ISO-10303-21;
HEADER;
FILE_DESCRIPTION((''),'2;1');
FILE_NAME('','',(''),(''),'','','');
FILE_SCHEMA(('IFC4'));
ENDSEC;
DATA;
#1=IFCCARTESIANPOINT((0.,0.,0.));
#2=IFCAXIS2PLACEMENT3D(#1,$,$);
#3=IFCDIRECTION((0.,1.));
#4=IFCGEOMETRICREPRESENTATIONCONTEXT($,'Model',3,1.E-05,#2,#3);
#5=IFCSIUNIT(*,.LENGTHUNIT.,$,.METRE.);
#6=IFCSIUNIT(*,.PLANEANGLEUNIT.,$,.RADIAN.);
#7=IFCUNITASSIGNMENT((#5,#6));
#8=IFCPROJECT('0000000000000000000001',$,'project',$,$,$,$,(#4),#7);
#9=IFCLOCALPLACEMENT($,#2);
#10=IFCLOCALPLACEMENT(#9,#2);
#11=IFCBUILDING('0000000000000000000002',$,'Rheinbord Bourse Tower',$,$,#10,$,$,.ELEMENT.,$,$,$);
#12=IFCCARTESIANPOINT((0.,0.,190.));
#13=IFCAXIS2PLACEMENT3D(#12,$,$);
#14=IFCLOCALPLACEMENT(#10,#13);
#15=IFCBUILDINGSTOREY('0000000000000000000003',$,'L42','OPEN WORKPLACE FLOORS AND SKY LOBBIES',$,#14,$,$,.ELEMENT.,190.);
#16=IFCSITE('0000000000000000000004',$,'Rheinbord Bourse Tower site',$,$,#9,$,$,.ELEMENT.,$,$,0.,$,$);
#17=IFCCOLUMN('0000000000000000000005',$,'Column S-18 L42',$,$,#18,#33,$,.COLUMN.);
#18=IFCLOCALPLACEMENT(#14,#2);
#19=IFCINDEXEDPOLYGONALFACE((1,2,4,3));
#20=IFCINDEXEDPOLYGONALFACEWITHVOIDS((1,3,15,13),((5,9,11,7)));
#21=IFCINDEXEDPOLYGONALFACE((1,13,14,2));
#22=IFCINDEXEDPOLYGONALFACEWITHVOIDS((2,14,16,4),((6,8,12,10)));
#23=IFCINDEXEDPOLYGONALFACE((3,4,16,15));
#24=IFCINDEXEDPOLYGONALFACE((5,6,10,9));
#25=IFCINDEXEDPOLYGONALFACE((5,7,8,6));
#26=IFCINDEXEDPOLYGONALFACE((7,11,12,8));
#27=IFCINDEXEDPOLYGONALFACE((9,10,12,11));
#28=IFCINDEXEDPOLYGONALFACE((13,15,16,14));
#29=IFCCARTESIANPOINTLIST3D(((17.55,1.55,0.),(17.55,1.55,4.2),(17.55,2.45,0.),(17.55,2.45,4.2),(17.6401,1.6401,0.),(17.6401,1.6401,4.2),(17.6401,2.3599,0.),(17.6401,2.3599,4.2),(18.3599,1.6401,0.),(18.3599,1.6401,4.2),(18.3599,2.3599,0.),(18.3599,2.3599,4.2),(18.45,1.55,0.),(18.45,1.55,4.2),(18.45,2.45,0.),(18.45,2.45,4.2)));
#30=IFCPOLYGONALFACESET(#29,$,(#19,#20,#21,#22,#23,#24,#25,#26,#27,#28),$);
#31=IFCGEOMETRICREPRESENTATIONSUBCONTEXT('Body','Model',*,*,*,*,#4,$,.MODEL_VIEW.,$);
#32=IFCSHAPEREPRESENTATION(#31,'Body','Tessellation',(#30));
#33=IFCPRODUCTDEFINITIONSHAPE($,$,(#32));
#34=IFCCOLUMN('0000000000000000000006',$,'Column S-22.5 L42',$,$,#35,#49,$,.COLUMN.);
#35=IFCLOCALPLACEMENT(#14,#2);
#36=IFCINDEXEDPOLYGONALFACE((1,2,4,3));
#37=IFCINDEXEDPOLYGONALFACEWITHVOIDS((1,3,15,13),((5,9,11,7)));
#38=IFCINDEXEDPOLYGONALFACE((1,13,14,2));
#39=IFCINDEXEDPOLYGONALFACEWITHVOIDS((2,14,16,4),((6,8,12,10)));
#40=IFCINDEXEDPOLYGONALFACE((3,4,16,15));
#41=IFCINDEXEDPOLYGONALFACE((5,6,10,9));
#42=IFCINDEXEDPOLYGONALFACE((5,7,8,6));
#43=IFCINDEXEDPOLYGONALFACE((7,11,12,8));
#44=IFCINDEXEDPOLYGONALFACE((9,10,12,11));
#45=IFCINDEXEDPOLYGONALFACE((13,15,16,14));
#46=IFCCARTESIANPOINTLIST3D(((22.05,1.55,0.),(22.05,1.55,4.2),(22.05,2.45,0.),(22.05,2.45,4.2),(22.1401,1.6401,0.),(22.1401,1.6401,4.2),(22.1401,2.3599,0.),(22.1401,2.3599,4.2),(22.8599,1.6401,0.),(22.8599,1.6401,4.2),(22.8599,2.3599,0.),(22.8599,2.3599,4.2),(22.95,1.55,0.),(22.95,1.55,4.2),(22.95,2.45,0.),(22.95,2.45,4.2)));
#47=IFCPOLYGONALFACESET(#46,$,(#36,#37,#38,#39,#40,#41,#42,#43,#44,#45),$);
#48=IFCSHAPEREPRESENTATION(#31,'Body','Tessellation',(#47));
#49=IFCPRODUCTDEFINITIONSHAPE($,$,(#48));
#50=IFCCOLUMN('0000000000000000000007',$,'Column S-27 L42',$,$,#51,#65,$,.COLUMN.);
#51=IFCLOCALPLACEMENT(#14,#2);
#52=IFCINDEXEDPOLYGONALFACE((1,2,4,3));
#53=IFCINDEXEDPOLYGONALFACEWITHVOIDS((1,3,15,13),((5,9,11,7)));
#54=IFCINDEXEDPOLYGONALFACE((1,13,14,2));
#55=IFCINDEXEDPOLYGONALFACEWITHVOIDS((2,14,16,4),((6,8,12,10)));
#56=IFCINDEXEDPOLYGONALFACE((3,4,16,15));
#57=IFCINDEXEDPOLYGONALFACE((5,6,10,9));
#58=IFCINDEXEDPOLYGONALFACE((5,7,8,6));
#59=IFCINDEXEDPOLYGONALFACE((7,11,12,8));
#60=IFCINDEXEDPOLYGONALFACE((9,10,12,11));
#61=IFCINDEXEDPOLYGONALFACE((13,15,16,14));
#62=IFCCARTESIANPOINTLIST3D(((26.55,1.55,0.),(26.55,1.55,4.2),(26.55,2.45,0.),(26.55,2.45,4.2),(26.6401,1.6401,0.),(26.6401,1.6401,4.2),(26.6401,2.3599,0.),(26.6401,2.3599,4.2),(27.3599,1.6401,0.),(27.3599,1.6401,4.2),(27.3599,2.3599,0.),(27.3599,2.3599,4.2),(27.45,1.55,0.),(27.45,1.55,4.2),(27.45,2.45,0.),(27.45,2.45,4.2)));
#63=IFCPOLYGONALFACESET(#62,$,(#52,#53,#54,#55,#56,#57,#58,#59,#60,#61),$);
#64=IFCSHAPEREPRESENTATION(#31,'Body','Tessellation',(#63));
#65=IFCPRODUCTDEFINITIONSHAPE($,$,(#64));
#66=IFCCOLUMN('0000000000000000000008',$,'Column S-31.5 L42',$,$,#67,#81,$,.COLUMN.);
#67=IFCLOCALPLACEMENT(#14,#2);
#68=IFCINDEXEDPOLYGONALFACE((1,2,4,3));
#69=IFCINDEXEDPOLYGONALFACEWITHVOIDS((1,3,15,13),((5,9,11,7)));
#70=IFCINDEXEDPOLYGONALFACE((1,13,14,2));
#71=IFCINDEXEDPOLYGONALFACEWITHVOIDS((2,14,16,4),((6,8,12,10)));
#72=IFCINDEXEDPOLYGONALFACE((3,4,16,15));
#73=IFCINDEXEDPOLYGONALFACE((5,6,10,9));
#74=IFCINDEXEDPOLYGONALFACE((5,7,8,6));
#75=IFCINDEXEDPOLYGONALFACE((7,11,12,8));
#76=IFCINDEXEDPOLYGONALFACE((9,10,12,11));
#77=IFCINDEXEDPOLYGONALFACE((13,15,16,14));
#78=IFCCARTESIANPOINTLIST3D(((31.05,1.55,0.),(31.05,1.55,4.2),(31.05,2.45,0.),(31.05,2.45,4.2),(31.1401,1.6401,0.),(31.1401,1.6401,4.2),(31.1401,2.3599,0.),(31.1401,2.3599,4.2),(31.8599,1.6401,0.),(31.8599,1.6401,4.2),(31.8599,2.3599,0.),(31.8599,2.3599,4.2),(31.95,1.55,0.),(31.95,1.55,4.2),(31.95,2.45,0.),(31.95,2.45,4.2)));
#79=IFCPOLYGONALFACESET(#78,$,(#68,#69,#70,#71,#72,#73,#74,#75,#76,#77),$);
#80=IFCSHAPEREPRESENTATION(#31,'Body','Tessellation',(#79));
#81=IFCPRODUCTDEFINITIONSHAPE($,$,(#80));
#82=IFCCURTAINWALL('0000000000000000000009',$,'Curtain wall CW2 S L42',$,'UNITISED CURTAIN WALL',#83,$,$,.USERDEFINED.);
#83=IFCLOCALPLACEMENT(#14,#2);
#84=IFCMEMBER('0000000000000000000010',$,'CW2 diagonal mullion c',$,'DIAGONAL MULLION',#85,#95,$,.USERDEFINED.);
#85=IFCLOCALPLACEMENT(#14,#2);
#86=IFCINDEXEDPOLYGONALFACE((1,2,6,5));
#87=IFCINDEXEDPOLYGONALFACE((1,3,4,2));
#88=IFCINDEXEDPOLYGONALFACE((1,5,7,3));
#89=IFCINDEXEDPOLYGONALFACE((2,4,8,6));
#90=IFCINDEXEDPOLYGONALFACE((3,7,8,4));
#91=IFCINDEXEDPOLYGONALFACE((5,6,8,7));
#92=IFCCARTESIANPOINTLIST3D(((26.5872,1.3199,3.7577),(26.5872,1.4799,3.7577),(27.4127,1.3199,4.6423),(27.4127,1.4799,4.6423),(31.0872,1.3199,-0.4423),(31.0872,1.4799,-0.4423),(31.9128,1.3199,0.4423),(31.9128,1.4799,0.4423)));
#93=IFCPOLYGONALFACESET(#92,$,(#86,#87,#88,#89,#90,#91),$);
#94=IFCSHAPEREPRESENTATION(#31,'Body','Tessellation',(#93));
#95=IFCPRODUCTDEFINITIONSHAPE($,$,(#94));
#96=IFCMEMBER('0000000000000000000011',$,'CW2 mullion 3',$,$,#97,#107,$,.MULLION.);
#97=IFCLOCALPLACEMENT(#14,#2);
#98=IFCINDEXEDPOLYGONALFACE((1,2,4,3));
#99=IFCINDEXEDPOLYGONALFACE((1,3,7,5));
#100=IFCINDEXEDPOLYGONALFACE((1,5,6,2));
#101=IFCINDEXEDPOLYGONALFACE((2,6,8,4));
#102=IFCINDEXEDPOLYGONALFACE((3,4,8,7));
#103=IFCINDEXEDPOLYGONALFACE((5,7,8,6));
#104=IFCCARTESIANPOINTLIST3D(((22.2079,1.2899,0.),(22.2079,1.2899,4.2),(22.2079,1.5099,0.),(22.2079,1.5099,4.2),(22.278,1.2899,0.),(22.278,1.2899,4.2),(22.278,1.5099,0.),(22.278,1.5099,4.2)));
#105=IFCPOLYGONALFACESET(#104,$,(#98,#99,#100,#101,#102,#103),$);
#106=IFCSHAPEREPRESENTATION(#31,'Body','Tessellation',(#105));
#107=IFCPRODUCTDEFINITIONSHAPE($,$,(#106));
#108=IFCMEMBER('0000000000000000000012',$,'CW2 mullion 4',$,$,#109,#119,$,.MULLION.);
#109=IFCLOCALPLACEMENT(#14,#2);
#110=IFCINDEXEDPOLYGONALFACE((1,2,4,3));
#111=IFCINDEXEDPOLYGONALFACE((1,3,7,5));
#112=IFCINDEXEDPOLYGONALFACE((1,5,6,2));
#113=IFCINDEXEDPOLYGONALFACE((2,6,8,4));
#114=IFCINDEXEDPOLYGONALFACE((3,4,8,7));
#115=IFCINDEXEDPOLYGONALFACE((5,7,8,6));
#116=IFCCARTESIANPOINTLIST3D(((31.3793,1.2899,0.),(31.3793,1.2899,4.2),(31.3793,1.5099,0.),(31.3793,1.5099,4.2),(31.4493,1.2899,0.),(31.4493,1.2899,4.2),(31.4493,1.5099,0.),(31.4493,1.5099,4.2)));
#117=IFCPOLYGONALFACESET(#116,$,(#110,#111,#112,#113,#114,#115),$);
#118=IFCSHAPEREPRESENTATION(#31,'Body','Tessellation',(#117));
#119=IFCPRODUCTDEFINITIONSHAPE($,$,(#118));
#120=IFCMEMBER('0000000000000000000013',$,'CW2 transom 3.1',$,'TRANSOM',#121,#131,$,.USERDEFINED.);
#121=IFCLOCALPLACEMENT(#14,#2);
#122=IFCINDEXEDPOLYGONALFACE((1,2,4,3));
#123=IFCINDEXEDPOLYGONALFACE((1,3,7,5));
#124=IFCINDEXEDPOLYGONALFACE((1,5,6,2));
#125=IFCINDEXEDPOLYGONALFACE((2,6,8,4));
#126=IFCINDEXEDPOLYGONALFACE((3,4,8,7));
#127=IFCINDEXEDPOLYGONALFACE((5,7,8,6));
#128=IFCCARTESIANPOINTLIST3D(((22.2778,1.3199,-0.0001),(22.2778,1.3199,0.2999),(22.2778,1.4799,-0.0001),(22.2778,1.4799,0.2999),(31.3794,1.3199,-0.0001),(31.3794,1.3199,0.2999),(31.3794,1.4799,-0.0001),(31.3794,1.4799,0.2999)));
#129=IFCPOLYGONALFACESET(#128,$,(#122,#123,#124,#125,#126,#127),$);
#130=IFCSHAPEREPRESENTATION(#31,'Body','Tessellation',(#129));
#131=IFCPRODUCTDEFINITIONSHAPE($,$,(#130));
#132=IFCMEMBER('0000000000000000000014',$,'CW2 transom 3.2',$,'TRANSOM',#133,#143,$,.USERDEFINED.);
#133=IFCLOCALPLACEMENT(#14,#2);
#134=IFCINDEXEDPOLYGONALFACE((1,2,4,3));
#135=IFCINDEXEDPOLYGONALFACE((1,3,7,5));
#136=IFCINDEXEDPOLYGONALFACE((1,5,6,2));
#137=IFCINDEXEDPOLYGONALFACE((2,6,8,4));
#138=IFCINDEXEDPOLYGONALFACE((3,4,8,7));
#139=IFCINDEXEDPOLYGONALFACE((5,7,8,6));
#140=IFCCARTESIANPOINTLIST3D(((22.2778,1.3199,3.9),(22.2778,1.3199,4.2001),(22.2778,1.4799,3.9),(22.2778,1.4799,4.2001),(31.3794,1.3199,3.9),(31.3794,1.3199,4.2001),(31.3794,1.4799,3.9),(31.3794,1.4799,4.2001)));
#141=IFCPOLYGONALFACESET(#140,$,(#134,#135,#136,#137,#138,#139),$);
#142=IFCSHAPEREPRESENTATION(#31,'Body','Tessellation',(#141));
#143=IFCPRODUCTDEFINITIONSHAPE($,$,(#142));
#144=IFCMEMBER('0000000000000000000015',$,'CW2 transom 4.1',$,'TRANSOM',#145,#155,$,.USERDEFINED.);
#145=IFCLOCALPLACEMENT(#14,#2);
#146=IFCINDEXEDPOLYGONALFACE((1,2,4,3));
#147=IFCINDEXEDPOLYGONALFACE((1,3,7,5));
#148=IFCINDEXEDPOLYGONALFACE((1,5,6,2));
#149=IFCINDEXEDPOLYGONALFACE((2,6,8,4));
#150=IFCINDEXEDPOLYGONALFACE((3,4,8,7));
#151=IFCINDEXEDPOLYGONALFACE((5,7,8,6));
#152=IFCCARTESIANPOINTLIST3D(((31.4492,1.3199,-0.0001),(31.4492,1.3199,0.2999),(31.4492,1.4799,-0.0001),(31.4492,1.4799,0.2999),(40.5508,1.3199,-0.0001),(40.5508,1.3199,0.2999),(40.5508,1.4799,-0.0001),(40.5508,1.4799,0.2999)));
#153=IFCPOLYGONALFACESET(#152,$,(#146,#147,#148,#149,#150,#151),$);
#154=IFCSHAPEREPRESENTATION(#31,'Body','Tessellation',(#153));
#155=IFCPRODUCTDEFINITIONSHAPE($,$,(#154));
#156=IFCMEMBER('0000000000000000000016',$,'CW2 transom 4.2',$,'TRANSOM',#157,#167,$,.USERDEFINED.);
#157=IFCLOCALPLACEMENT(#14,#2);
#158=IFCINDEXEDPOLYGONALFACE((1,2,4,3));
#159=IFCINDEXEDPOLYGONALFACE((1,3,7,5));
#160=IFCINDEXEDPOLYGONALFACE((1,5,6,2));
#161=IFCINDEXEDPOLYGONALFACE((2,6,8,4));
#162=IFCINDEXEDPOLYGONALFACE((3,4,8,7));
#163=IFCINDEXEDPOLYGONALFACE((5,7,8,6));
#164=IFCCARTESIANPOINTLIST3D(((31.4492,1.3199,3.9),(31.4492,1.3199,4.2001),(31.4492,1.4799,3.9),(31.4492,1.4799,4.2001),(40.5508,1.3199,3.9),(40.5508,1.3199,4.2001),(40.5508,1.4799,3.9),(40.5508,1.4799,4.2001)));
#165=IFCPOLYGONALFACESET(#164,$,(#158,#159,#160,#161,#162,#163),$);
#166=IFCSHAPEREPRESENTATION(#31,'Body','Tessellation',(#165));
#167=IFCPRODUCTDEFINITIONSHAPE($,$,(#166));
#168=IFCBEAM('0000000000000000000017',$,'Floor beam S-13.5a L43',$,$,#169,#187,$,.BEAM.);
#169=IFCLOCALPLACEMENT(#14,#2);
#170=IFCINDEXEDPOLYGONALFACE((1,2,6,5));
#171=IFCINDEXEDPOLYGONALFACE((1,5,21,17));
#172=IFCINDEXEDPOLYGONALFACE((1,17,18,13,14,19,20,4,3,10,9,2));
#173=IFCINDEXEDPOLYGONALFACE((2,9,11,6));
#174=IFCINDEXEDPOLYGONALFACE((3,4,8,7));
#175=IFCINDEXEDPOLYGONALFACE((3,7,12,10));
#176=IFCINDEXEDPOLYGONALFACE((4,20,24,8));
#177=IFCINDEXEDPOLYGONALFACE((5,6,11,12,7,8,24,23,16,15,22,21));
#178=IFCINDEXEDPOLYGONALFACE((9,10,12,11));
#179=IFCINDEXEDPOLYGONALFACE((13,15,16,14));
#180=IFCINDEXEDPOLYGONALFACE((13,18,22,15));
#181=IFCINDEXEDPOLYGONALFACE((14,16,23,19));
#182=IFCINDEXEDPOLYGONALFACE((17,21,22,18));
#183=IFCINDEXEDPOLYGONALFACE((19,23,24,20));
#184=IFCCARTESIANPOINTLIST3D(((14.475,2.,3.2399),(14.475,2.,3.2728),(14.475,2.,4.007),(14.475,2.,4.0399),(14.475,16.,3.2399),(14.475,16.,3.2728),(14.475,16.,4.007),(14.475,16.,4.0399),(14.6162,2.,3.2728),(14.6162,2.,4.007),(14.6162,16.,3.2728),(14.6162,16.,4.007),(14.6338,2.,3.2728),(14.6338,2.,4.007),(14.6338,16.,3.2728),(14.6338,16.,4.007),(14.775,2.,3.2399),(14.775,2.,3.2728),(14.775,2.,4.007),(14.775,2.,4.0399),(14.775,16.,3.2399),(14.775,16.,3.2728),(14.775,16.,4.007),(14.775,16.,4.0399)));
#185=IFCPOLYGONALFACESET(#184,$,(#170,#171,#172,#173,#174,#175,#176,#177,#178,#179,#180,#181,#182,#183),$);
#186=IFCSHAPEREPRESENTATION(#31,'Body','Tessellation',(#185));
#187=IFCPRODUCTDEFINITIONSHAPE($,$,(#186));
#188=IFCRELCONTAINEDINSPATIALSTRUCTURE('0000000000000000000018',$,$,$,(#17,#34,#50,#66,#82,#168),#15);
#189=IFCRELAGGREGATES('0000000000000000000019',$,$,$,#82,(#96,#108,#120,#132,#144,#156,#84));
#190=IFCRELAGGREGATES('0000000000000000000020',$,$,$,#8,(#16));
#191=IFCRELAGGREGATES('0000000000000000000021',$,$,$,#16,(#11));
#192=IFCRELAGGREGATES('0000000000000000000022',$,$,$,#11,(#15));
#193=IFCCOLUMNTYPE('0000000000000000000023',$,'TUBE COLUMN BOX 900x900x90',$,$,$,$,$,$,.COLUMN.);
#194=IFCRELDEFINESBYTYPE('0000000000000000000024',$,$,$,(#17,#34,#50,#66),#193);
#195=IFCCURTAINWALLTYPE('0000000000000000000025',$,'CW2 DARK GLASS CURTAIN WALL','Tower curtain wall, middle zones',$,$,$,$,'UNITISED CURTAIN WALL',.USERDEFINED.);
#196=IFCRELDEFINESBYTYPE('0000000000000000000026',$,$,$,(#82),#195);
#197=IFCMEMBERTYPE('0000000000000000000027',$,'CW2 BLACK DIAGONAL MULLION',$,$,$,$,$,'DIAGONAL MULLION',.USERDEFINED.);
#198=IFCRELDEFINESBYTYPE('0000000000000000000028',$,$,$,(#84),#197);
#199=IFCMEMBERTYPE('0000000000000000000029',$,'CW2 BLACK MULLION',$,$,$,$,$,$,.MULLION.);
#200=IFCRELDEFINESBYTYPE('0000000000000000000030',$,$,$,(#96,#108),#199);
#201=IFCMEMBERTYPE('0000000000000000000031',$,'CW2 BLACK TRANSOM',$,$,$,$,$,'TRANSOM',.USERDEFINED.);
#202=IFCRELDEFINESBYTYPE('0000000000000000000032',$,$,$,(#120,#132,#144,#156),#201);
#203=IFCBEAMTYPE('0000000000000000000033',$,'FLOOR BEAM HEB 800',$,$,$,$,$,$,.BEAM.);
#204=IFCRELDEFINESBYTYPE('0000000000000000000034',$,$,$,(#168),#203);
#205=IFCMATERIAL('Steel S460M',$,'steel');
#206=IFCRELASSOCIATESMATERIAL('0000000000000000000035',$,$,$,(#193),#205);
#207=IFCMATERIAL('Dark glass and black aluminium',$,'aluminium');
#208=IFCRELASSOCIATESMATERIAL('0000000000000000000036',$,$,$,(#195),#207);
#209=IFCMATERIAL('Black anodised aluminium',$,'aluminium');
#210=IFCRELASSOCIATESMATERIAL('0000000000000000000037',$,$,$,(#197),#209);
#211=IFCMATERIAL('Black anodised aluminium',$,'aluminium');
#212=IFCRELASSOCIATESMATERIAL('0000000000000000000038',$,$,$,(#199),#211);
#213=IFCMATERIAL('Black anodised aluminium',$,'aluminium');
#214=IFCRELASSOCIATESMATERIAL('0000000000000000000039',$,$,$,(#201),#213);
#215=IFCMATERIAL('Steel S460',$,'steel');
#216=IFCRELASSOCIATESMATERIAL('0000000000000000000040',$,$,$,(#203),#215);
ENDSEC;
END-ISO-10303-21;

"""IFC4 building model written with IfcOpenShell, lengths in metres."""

from ifc_helpers import new_model, si_unit, direction, frame, origin, origin_2d, place, context, subcontext, project, spatial, rectangle, hollow_rectangle, i_section, extrude, material, material_profile, profile_set, type_object, element, aggregate, save


model = new_model("IFC4")

# Units and contexts
model_context = context("Model", 3, precision=1e-05, world=origin(), true_north=direction((0.0, 1.0)))
body_context = subcontext(model_context, "Body", "Model", "MODEL_VIEW")
ifc_project = project(units=[si_unit("LENGTHUNIT", "METRE"), si_unit("PLANEANGLEUNIT", "RADIAN")], contexts=[model_context])

# Site, building, storey
site_placement = place(None, origin())
site = spatial("IfcSite", under=ifc_project, at=site_placement, Name="Rheinbord Bourse Tower site", CompositionType="ELEMENT", RefElevation=0.0)
building_placement = place(site_placement, origin())
building = spatial("IfcBuilding", under=site, at=building_placement, Name="Rheinbord Bourse Tower", CompositionType="ELEMENT")
storey_placement = place(building_placement, frame((0.0, 0.0, 190.0)))
storey = spatial("IfcBuildingStorey", under=building, at=storey_placement, Name="L42", Description="OPEN WORKPLACE FLOORS AND SKY LOBBIES", CompositionType="ELEMENT", Elevation=190.0)

# Columns
ifc_material_1 = material(Name="Steel S460M", Category="steel")
ifc_material_profile_1 = material_profile(ifc_material_1, hollow_rectangle(XDim=0.8999, YDim=0.8999, WallThickness=0.0901, at=origin_2d()), Name="BOX 900x900x90")
ifc_profile_set_1 = profile_set([ifc_material_profile_1], Name="Steel S460M")
column_type = type_object("IfcColumnType", Name="TUBE COLUMN BOX 900x900x90", PredefinedType="COLUMN", material=ifc_profile_set_1)
for number, where, z_axis, x_axis, name in (
    (1, (18.0, 2.0, 0.0), (0.0, 0.0, 1.0), (0.0, 1.0, 0.0), "Column S-18 L42"),
    (2, (22.5, 2.0, 0.0), (0.0, 0.0, 1.0), (0.0, 1.0, 0.0), "Column S-22.5 L42"),
    (3, (27.0, 2.0, 0.0), (0.0, 0.0, 1.0), (0.0, 1.0, 0.0), "Column S-27 L42"),
    (4, (31.5, 2.0, 0.0), (0.0, 0.0, 1.0), (0.0, 1.0, 0.0), "Column S-31.5 L42"),
):
    element("IfcColumn", number, at=place(storey_placement, frame(where, z_axis=z_axis, x_axis=x_axis)), inside=storey, type_object=column_type, Name=name, PredefinedType="COLUMN", context=body_context, shape_type="SweptSolid", body=[
        extrude(hollow_rectangle(XDim=0.8999, YDim=0.8999, WallThickness=0.0901, at=origin_2d()), origin(), (0.0, 0.0, 1.0), 4.2),
    ])

# Curtain wall, members
ifc_material_2 = material(Name="Dark glass and black aluminium", Category="aluminium")
curtain_wall_type = type_object("IfcCurtainWallType", Name="CW2 DARK GLASS CURTAIN WALL", Description="Tower curtain wall, middle zones", ElementType="UNITISED CURTAIN WALL", PredefinedType="USERDEFINED", material=ifc_material_2)
curtain_wall_placement = place(storey_placement, origin())
curtain_wall = element("IfcCurtainWall", 5, at=curtain_wall_placement, inside=storey, type_object=curtain_wall_type, Name="Curtain wall CW2 S L42", ObjectType="UNITISED CURTAIN WALL", PredefinedType="USERDEFINED")
ifc_material_3 = material(Name="Black anodised aluminium", Category="aluminium")
ifc_material_profile_2 = material_profile(ifc_material_3, rectangle(XDim=0.1599, YDim=1.21, at=origin_2d()), Name="CW2 DIAGONAL MULLION 1210x160")
ifc_profile_set_2 = profile_set([ifc_material_profile_2], Name="Black anodised aluminium")
member_type_1 = type_object("IfcMemberType", Name="CW2 BLACK DIAGONAL MULLION", ElementType="DIAGONAL MULLION", PredefinedType="USERDEFINED", material=ifc_profile_set_2)
member_1_placement = place(storey_placement, frame((31.5, 1.3999, 0.0), z_axis=(-0.731059, 0.0, 0.682314), x_axis=(0.0, -1.0, 0.0)))
member_1 = element("IfcMember", 6, at=member_1_placement, type_object=member_type_1, Name="CW2 diagonal mullion c", ObjectType="DIAGONAL MULLION", PredefinedType="USERDEFINED", context=body_context, shape_type="SweptSolid", body=[
    extrude(rectangle(XDim=0.1599, YDim=1.21, at=origin_2d()), origin(), (0.0, 0.0, 1.0), 6.1555),
])
ifc_material_4 = material(Name="Black anodised aluminium", Category="aluminium")
ifc_material_profile_3 = material_profile(ifc_material_4, rectangle(XDim=0.22, YDim=0.0701, at=origin_2d()), Name="CW2 MULLION 70x220")
ifc_profile_set_3 = profile_set([ifc_material_profile_3], Name="Black anodised aluminium")
member_type_2 = type_object("IfcMemberType", Name="CW2 BLACK MULLION", PredefinedType="MULLION", material=ifc_profile_set_3)
member_2_placement = place(storey_placement, frame((22.2429, 1.3999, 0.0), z_axis=(0.0, 0.0, 1.0), x_axis=(0.0, 1.0, 0.0)))
member_2 = element("IfcMember", 7, at=member_2_placement, type_object=member_type_2, Name="CW2 mullion 3", PredefinedType="MULLION", context=body_context, shape_type="SweptSolid", body=[
    extrude(rectangle(XDim=0.22, YDim=0.0701, at=origin_2d()), origin(), (0.0, 0.0, 1.0), 4.2),
])
member_3_placement = place(storey_placement, frame((31.4143, 1.3999, 0.0), z_axis=(0.0, 0.0, 1.0), x_axis=(0.0, 1.0, 0.0)))
member_3 = element("IfcMember", 8, at=member_3_placement, type_object=member_type_2, Name="CW2 mullion 4", PredefinedType="MULLION", context=body_context, shape_type="SweptSolid", body=[
    extrude(rectangle(XDim=0.22, YDim=0.0701, at=origin_2d()), origin(), (0.0, 0.0, 1.0), 4.2),
])
ifc_material_5 = material(Name="Black anodised aluminium", Category="aluminium")
ifc_material_profile_4 = material_profile(ifc_material_5, rectangle(XDim=0.1599, YDim=0.3, at=origin_2d()), Name="CW2 TRANSOM 300x160")
ifc_profile_set_4 = profile_set([ifc_material_profile_4], Name="Black anodised aluminium")
member_type_3 = type_object("IfcMemberType", Name="CW2 BLACK TRANSOM", ElementType="TRANSOM", PredefinedType="USERDEFINED", material=ifc_profile_set_4)
member_4_placement = place(storey_placement, frame((22.2778, 1.3999, 0.1499), z_axis=(1.0, 0.0, 0.0), x_axis=(0.0, 1.0, 0.0)))
member_4 = element("IfcMember", 9, at=member_4_placement, type_object=member_type_3, Name="CW2 transom 3.1", ObjectType="TRANSOM", PredefinedType="USERDEFINED", context=body_context, shape_type="SweptSolid", body=[
    extrude(rectangle(XDim=0.1599, YDim=0.3, at=origin_2d()), origin(), (0.0, 0.0, 1.0), 9.1016),
])
member_5_placement = place(storey_placement, frame((22.2778, 1.3999, 4.05), z_axis=(1.0, 0.0, 0.0), x_axis=(0.0, 1.0, 0.0)))
member_5 = element("IfcMember", 10, at=member_5_placement, type_object=member_type_3, Name="CW2 transom 3.2", ObjectType="TRANSOM", PredefinedType="USERDEFINED", context=body_context, shape_type="SweptSolid", body=[
    extrude(rectangle(XDim=0.1599, YDim=0.3, at=origin_2d()), origin(), (0.0, 0.0, 1.0), 9.1016),
])
member_6_placement = place(storey_placement, frame((31.4492, 1.3999, 0.1499), z_axis=(1.0, 0.0, 0.0), x_axis=(0.0, 1.0, 0.0)))
member_6 = element("IfcMember", 11, at=member_6_placement, type_object=member_type_3, Name="CW2 transom 4.1", ObjectType="TRANSOM", PredefinedType="USERDEFINED", context=body_context, shape_type="SweptSolid", body=[
    extrude(rectangle(XDim=0.1599, YDim=0.3, at=origin_2d()), origin(), (0.0, 0.0, 1.0), 9.1016),
])
member_7_placement = place(storey_placement, frame((31.4492, 1.3999, 4.05), z_axis=(1.0, 0.0, 0.0), x_axis=(0.0, 1.0, 0.0)))
member_7 = element("IfcMember", 12, at=member_7_placement, type_object=member_type_3, Name="CW2 transom 4.2", ObjectType="TRANSOM", PredefinedType="USERDEFINED", context=body_context, shape_type="SweptSolid", body=[
    extrude(rectangle(XDim=0.1599, YDim=0.3, at=origin_2d()), origin(), (0.0, 0.0, 1.0), 9.1016),
])

# Beam
ifc_material_6 = material(Name="Steel S460", Category="steel")
ifc_material_profile_5 = material_profile(ifc_material_6, i_section(OverallWidth=0.3, OverallDepth=0.8, WebThickness=0.0176, FlangeThickness=0.033, at=origin_2d()), Name="HEB 800")
ifc_profile_set_5 = profile_set([ifc_material_profile_5], Name="Steel S460")
beam_type_1 = type_object("IfcBeamType", Name="FLOOR BEAM HEB 800", PredefinedType="BEAM", material=ifc_profile_set_5)
for number, where, z_axis, x_axis, name in (
    (13, (14.625, 2.0, 3.6399), (0.0, 1.0, 0.0), (-1.0, 0.0, 0.0), "Floor beam S-13.5a L43"),
):
    element("IfcBeam", number, at=place(storey_placement, frame(where, z_axis=z_axis, x_axis=x_axis)), inside=storey, type_object=beam_type_1, Name=name, PredefinedType="BEAM", context=body_context, shape_type="SweptSolid", body=[
        extrude(i_section(OverallWidth=0.3, OverallDepth=0.8, WebThickness=0.0176, FlangeThickness=0.033, at=origin_2d()), origin(), (0.0, 0.0, 1.0), 14.0),
    ])

aggregate(curtain_wall, [member_2, member_3, member_4, member_5, member_6, member_7, member_1])

save(model, "model.ifc")
